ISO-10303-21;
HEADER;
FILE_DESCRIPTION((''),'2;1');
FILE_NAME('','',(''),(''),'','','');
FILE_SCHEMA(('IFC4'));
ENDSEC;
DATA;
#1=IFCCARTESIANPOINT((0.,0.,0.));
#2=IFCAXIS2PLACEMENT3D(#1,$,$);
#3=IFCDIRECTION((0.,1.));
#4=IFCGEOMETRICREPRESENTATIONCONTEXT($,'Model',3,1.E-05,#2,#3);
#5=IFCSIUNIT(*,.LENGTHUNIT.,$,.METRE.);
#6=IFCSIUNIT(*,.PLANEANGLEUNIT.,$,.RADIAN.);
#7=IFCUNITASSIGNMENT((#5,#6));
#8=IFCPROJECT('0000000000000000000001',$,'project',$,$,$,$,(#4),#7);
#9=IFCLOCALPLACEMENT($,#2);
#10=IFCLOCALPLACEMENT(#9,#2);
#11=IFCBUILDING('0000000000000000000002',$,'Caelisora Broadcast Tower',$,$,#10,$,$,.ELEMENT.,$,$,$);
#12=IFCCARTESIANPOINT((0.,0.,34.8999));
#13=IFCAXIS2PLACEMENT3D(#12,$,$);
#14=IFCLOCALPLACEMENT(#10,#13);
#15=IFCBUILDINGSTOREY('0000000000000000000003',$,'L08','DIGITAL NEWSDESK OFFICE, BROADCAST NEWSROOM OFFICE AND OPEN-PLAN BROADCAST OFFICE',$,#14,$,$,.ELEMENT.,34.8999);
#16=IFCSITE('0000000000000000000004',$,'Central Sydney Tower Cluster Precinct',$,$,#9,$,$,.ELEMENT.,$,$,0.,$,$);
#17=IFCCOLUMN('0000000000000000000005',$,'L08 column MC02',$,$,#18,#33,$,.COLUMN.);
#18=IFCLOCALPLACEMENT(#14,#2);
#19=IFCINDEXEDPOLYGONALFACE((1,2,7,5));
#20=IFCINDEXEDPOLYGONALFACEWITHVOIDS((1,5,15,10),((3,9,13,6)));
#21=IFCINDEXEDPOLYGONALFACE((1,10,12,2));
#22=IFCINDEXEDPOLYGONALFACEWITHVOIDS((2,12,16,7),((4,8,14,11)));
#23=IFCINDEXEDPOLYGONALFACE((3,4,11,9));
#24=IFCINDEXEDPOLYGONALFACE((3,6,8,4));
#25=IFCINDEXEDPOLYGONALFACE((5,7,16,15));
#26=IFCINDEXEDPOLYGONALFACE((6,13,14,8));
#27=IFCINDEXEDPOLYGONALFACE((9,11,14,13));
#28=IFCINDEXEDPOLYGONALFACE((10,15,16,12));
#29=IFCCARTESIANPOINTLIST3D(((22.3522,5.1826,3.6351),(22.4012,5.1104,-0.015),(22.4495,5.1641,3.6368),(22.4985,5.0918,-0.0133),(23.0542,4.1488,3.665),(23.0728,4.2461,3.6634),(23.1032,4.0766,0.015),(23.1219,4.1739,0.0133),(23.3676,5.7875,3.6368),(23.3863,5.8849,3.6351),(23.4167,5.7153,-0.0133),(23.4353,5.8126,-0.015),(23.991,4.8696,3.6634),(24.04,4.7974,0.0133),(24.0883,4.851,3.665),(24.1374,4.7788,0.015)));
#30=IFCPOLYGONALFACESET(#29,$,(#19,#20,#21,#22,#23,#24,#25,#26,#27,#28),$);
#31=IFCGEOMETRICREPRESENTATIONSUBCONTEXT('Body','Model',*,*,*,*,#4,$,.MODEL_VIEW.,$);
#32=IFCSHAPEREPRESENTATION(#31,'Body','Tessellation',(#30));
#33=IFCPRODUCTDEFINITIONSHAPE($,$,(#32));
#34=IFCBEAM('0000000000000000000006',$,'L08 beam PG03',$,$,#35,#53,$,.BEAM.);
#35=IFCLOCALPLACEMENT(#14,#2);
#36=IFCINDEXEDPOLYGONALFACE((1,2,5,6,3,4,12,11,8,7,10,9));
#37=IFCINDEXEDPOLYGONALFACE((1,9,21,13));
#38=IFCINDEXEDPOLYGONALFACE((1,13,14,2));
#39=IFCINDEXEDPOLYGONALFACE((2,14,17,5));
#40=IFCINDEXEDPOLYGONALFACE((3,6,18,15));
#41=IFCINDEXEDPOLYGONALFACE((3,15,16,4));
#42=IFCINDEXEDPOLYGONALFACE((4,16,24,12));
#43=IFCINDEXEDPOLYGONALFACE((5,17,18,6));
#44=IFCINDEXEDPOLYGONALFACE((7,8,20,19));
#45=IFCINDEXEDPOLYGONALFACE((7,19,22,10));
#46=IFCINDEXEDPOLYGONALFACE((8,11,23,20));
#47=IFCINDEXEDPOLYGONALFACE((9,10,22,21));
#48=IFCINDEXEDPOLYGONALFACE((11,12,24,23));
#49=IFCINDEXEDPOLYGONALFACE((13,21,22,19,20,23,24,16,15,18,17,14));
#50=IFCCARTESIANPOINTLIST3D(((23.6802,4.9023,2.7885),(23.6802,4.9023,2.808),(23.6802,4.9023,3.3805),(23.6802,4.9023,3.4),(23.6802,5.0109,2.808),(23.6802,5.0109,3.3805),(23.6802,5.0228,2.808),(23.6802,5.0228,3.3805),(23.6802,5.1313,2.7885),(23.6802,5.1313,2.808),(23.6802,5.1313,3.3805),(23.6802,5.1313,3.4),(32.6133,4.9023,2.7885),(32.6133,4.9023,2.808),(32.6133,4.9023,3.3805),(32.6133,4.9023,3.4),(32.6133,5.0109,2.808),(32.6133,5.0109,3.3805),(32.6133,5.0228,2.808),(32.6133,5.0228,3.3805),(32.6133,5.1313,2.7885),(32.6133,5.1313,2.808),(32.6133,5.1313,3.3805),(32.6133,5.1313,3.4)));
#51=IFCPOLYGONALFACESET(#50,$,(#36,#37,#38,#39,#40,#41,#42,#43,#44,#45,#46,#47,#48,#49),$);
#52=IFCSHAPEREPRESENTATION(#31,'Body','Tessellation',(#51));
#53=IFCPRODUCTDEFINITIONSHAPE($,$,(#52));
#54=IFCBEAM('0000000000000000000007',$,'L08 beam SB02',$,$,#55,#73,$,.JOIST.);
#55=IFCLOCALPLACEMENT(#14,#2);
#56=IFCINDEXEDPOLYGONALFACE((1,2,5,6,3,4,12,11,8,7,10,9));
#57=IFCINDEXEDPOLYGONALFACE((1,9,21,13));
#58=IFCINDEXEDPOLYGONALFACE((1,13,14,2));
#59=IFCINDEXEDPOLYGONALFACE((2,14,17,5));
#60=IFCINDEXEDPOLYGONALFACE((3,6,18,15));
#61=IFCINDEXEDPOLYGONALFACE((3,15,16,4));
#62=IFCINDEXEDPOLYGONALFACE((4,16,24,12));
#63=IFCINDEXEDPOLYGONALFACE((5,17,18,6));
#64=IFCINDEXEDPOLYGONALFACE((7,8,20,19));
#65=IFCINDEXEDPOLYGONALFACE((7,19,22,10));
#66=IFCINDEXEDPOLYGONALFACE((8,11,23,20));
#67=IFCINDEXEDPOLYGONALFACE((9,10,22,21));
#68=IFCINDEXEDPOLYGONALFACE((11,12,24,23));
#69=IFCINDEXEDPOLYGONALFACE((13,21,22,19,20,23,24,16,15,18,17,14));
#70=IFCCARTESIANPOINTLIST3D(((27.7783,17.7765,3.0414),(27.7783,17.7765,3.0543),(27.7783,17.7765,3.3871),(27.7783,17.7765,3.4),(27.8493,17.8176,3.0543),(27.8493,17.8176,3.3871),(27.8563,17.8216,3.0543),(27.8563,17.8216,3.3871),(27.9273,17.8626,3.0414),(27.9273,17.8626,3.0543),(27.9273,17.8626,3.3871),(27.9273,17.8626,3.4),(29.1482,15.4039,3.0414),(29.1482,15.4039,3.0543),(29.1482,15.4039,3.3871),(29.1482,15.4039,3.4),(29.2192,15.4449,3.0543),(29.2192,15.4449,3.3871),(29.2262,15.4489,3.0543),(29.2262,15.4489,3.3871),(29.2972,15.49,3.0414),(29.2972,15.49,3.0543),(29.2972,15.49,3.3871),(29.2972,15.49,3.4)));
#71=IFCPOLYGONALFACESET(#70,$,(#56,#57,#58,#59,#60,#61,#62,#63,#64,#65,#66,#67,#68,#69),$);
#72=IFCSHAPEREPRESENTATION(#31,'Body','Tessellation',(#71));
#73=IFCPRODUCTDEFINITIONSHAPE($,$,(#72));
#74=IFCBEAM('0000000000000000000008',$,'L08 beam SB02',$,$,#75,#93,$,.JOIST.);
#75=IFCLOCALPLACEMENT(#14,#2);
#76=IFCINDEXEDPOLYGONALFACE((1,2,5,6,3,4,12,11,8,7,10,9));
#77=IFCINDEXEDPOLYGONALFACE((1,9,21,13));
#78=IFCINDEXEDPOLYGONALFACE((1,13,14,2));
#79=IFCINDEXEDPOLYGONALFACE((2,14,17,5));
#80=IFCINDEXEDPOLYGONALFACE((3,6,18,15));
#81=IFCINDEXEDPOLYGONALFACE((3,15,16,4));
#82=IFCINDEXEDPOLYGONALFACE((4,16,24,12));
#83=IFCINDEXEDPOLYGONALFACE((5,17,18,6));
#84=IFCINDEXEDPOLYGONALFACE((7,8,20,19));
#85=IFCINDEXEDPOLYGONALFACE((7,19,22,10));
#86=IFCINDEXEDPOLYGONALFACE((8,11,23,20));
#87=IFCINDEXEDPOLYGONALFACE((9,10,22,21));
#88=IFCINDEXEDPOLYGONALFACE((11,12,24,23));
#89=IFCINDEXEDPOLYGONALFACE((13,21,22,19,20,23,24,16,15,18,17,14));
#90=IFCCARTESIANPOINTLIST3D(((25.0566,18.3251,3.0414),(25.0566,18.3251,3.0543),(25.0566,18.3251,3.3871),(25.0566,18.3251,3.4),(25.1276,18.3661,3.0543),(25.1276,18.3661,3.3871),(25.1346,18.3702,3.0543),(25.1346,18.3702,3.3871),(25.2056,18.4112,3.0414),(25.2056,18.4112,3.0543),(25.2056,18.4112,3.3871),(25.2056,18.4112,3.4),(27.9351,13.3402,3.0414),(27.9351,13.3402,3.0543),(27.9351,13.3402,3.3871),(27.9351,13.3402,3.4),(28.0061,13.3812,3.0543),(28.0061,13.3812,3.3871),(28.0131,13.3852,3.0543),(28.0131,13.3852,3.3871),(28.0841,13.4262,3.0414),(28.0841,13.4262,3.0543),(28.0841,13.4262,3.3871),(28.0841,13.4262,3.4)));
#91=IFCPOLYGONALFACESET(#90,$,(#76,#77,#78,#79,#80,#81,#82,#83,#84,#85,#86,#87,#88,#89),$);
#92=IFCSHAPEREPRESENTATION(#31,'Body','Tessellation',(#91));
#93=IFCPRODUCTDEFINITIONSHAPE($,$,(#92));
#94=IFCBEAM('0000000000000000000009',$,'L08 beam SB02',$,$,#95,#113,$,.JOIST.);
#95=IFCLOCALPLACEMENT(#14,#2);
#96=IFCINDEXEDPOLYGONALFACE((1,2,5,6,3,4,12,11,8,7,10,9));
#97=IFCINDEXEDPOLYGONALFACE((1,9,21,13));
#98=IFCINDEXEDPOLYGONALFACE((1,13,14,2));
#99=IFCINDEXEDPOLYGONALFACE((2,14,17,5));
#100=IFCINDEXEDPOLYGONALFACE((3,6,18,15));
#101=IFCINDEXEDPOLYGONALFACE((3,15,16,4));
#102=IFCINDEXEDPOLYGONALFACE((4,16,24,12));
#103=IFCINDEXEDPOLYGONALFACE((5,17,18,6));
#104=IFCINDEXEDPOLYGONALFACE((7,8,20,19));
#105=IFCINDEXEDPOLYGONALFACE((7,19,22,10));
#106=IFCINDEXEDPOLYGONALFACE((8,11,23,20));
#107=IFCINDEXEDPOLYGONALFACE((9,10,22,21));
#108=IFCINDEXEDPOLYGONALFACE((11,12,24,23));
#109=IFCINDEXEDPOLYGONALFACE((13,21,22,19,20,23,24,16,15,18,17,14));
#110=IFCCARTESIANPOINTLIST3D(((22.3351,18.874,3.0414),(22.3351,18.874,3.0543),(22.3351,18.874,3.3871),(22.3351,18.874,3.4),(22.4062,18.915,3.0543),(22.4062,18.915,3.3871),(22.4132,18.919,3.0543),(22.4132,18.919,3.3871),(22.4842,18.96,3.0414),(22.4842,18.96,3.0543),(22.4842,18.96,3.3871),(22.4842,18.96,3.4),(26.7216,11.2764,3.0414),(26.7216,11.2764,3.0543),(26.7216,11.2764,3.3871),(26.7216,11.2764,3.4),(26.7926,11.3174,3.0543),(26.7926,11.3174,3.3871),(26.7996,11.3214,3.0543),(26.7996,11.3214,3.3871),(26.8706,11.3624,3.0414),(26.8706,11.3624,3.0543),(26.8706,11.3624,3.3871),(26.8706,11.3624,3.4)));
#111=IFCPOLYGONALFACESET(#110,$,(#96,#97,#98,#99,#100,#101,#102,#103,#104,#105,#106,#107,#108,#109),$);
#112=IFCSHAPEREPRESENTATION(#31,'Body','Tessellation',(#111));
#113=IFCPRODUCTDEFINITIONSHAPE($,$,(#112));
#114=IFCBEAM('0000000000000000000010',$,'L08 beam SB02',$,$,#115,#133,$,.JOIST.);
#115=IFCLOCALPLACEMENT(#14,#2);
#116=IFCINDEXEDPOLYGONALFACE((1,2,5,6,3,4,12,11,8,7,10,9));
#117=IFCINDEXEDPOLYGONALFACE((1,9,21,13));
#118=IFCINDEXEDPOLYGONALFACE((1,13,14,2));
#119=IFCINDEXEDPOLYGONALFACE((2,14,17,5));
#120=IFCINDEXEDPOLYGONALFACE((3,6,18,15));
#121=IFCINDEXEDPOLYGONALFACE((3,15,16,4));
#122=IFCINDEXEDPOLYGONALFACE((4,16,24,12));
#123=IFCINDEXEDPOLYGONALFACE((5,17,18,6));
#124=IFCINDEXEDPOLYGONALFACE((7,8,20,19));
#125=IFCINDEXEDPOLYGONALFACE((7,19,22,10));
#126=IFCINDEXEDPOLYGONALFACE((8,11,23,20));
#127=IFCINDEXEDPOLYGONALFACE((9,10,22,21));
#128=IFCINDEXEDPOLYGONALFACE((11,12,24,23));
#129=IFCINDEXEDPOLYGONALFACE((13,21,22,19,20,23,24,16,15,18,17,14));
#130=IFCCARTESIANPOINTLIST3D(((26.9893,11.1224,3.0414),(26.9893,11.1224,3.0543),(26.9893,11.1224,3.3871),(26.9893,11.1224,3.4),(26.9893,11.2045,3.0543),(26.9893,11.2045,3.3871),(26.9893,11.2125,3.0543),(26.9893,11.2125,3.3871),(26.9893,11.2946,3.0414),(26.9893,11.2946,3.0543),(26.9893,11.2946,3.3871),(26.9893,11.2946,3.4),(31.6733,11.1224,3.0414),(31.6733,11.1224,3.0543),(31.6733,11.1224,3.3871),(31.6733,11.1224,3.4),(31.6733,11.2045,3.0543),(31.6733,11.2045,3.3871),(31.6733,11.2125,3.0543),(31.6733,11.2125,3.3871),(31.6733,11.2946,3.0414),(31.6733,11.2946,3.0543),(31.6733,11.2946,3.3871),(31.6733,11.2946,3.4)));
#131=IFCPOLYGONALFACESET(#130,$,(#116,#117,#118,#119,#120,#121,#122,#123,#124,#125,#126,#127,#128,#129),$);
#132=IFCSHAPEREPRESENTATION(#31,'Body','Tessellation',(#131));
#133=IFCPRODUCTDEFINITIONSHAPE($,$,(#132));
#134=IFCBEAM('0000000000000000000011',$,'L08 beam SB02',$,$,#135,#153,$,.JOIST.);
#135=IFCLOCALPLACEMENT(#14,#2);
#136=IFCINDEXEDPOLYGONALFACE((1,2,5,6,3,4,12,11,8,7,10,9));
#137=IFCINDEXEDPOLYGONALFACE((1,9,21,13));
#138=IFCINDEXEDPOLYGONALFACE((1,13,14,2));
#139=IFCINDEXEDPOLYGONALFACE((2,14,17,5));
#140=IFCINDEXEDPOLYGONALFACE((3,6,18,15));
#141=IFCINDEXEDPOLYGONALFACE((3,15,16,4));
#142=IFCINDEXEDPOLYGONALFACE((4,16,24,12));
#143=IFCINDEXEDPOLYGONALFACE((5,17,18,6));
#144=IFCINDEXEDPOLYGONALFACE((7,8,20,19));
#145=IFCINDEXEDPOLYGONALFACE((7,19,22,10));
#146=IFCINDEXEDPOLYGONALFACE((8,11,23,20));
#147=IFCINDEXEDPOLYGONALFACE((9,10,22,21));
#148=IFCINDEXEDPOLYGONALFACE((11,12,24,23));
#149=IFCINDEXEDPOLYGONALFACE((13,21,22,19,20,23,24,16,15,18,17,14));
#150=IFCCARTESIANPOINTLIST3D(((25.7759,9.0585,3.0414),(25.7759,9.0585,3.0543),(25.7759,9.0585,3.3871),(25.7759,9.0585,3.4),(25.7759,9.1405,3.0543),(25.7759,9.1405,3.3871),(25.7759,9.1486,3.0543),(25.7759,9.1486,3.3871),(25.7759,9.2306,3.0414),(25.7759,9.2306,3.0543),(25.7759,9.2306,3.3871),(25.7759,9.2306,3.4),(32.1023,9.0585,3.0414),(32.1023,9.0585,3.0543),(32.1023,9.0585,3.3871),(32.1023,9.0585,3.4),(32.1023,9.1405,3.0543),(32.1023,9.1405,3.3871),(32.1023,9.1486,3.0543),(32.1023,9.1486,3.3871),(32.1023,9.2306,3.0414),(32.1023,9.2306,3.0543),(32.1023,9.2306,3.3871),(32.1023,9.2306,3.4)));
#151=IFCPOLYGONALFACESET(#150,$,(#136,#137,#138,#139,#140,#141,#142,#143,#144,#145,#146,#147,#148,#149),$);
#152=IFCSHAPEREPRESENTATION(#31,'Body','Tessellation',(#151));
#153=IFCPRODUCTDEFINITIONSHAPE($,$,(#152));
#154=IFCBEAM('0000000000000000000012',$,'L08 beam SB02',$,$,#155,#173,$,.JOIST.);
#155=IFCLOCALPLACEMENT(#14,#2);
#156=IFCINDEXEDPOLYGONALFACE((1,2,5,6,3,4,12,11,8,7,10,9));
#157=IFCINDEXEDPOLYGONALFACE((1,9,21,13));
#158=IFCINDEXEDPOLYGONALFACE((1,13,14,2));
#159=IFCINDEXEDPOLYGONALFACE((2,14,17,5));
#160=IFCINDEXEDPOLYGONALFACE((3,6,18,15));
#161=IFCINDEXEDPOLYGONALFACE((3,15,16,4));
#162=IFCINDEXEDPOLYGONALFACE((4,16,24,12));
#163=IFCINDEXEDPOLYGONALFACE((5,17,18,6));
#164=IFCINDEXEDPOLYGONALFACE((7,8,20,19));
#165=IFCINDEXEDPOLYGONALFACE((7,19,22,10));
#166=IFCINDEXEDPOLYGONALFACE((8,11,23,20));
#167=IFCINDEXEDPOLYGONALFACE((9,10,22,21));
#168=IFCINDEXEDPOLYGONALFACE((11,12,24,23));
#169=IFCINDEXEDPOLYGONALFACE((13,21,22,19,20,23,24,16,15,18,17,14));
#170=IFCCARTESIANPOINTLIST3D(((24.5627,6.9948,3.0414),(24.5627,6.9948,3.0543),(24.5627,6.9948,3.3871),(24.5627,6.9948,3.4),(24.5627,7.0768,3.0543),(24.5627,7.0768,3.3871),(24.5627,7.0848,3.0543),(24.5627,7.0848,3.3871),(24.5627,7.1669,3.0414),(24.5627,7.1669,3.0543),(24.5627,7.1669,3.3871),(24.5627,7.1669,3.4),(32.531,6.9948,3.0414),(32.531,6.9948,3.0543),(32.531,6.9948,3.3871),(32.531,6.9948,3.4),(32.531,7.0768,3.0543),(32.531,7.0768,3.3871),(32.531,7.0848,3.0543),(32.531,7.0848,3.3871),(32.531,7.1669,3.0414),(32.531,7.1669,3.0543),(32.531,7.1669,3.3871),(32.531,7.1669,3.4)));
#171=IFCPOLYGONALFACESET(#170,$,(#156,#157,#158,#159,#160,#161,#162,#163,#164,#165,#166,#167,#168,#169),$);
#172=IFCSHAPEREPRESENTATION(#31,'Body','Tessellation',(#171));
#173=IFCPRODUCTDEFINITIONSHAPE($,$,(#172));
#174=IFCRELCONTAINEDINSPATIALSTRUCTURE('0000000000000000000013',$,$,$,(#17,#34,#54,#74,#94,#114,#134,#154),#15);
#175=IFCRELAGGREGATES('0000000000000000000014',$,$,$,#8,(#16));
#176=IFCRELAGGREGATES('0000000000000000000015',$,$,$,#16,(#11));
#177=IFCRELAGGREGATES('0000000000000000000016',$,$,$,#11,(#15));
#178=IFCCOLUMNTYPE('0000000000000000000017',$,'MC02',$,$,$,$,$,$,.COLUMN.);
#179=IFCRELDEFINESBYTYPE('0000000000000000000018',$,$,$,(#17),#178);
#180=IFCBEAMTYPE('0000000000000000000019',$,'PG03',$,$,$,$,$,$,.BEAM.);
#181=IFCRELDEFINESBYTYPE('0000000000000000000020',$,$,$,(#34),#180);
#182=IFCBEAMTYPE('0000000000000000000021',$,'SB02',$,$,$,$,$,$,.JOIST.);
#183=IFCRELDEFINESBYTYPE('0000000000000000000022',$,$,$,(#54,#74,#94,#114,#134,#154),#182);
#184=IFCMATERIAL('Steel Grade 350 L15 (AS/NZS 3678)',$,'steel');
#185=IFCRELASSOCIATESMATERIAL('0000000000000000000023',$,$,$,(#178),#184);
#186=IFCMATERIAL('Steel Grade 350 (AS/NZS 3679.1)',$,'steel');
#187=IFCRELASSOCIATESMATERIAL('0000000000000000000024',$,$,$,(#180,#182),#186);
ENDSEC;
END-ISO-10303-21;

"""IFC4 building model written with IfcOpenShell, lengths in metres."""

from ifc_helpers import new_model, si_unit, direction, frame, origin, origin_2d, place, context, subcontext, project, spatial, hollow_rectangle, i_section, extrude, source, transform, mapped, material, material_profile, profile_set, type_object, type_shapes, element, save


model = new_model("IFC4")

# Units and contexts
model_context = context("Model", 3, precision=1e-05, world=origin(), true_north=direction((0.0, 1.0)))
body_context = subcontext(model_context, "Body", "Model", "MODEL_VIEW")
ifc_project = project(units=[si_unit("LENGTHUNIT", "METRE"), si_unit("PLANEANGLEUNIT", "RADIAN")], contexts=[model_context])

# Site, building, storey
site_placement = place(None, origin())
site = spatial("IfcSite", under=ifc_project, at=site_placement, Name="Central Sydney Tower Cluster Precinct", CompositionType="ELEMENT", RefElevation=0.0)
building_placement = place(site_placement, origin())
building = spatial("IfcBuilding", under=site, at=building_placement, Name="Caelisora Broadcast Tower", CompositionType="ELEMENT")
storey_placement = place(building_placement, frame((0.0, 0.0, 34.8999)))
storey = spatial("IfcBuildingStorey", under=building, at=storey_placement, Name="L08", Description="DIGITAL NEWSDESK OFFICE, BROADCAST NEWSROOM OFFICE AND OPEN-PLAN BROADCAST OFFICE", CompositionType="ELEMENT", Elevation=34.8999)

# Column
ifc_material_1 = material(Name="Steel Grade 350 L15 (AS/NZS 3678)", Category="steel")
ifc_material_profile_1 = material_profile(ifc_material_1, hollow_rectangle(XDim=1.25, YDim=1.25, WallThickness=0.0701, at=origin_2d()), Name="Steel Grade 350 L15 (AS/NZS 3678)")
ifc_profile_set_1 = profile_set([ifc_material_profile_1], Name="Steel Grade 350 L15 (AS/NZS 3678)")
column_type = type_object("IfcColumnType", Name="MC02", PredefinedType="COLUMN", material=ifc_profile_set_1)
shared_shape_1 = source(origin(), body_context, "Body", "SweptSolid", [
    extrude(hollow_rectangle(XDim=1.25, YDim=1.25, WallThickness=0.0701, at=origin_2d()), origin(), (0.0, 0.0, 1.0), 3.6511),
])
type_shapes(column_type, [shared_shape_1])
column_placement = place(storey_placement, frame((23.2693, 4.9446, 0.0), z_axis=(-0.01344, 0.019792, 0.999714), x_axis=(-0.82729, -0.561775, 0.0)))
element("IfcColumn", 1, at=column_placement, inside=storey, type_object=column_type, Name="L08 column MC02", PredefinedType="COLUMN", context=body_context, shape_type="MappedRepresentation", body=[
    mapped(shared_shape_1, transform((0.0, 0.0, 0.0), scale=1.0)),
])

# Beams
ifc_material_2 = material(Name="Steel Grade 350 (AS/NZS 3679.1)", Category="steel")
ifc_material_profile_2 = material_profile(ifc_material_2, i_section(OverallWidth=0.229, OverallDepth=0.6116, WebThickness=0.012, FlangeThickness=0.0195, at=origin_2d()), Name="Steel Grade 350 (AS/NZS 3679.1)")
ifc_profile_set_2 = profile_set([ifc_material_profile_2], Name="Steel Grade 350 (AS/NZS 3679.1)")
beam_type_1 = type_object("IfcBeamType", Name="PG03", PredefinedType="BEAM", material=ifc_profile_set_2)
shared_shape_2 = source(origin(), body_context, "Body", "SweptSolid", [
    extrude(i_section(OverallWidth=0.229, OverallDepth=0.6116, WebThickness=0.012, FlangeThickness=0.0195, at=origin_2d()), origin(), (0.0, 0.0, 1.0), 8.9331),
])
type_shapes(beam_type_1, [shared_shape_2])
beam_1_placement = place(storey_placement, frame((23.6802, 5.0168, 3.0942), z_axis=(1.0, 0.0, 0.0), x_axis=(0.0, 1.0, 0.0)))
element("IfcBeam", 2, at=beam_1_placement, inside=storey, type_object=beam_type_1, Name="L08 beam PG03", PredefinedType="BEAM", context=body_context, shape_type="MappedRepresentation", body=[
    mapped(shared_shape_2, transform((0.0, 0.0, 0.0), scale=1.0)),
])
ifc_material_profile_3 = material_profile(ifc_material_2, i_section(OverallWidth=0.1721, OverallDepth=0.3586, WebThickness=0.0081, FlangeThickness=0.0129, at=origin_2d()), Name="Steel Grade 350 (AS/NZS 3679.1)")
ifc_profile_set_3 = profile_set([ifc_material_profile_3], Name="Steel Grade 350 (AS/NZS 3679.1)")
beam_type_2 = type_object("IfcBeamType", Name="SB02", PredefinedType="JOIST", material=ifc_profile_set_3)
shared_shape_3 = source(origin(), body_context, "Body", "SweptSolid", [
    extrude(i_section(OverallWidth=0.1721, OverallDepth=0.3586, WebThickness=0.0081, FlangeThickness=0.0129, at=origin_2d()), origin(), (0.0, 0.0, 1.0), 2.7397),
])
beam_2_placement = place(storey_placement, frame((27.8528, 17.8196, 3.2207), z_axis=(0.500021, -0.866013, 0.0), x_axis=(0.866013, 0.500021, 0.0)))
element("IfcBeam", 3, at=beam_2_placement, inside=storey, type_object=beam_type_2, Name="L08 beam SB02", PredefinedType="JOIST", context=body_context, shape_type="MappedRepresentation", body=[
    mapped(shared_shape_3, transform((0.0, 0.0, 0.0), scale=1.0)),
])
shared_shape_4 = source(origin(), body_context, "Body", "SweptSolid", [
    extrude(i_section(OverallWidth=0.1721, OverallDepth=0.3586, WebThickness=0.0081, FlangeThickness=0.0129, at=origin_2d()), origin(), (0.0, 0.0, 1.0), 5.7563),
])
beam_3_placement = place(storey_placement, frame((25.1311, 18.3682, 3.2207), z_axis=(0.500053, -0.865995, 0.0), x_axis=(0.865995, 0.500053, 0.0)))
element("IfcBeam", 4, at=beam_3_placement, inside=storey, type_object=beam_type_2, Name="L08 beam SB02", PredefinedType="JOIST", context=body_context, shape_type="MappedRepresentation", body=[
    mapped(shared_shape_4, transform((0.0, 0.0, 0.0), scale=1.0)),
])
shared_shape_5 = source(origin(), body_context, "Body", "SweptSolid", [
    extrude(i_section(OverallWidth=0.1721, OverallDepth=0.3586, WebThickness=0.0081, FlangeThickness=0.0129, at=origin_2d()), origin(), (0.0, 0.0, 1.0), 8.7729),
])
beam_4_placement = place(storey_placement, frame((22.4097, 18.917, 3.2207), z_axis=(0.499997, -0.866027, 0.0), x_axis=(0.866027, 0.499997, 0.0)))
element("IfcBeam", 5, at=beam_4_placement, inside=storey, type_object=beam_type_2, Name="L08 beam SB02", PredefinedType="JOIST", context=body_context, shape_type="MappedRepresentation", body=[
    mapped(shared_shape_5, transform((0.0, 0.0, 0.0), scale=1.0)),
])
shared_shape_6 = source(origin(), body_context, "Body", "SweptSolid", [
    extrude(i_section(OverallWidth=0.1721, OverallDepth=0.3586, WebThickness=0.0081, FlangeThickness=0.0129, at=origin_2d()), origin(), (0.0, 0.0, 1.0), 4.6841),
])
beam_5_placement = place(storey_placement, frame((26.9893, 11.2085, 3.2207), z_axis=(1.0, 0.0, 0.0), x_axis=(0.0, 1.0, 0.0)))
element("IfcBeam", 6, at=beam_5_placement, inside=storey, type_object=beam_type_2, Name="L08 beam SB02", PredefinedType="JOIST", context=body_context, shape_type="MappedRepresentation", body=[
    mapped(shared_shape_6, transform((0.0, 0.0, 0.0), scale=1.0)),
])
shared_shape_7 = source(origin(), body_context, "Body", "SweptSolid", [
    extrude(i_section(OverallWidth=0.1721, OverallDepth=0.3586, WebThickness=0.0081, FlangeThickness=0.0129, at=origin_2d()), origin(), (0.0, 0.0, 1.0), 6.3264),
])
beam_6_placement = place(storey_placement, frame((25.7759, 9.1445, 3.2207), z_axis=(1.0, 0.0, 0.0), x_axis=(0.0, 1.0, 0.0)))
element("IfcBeam", 7, at=beam_6_placement, inside=storey, type_object=beam_type_2, Name="L08 beam SB02", PredefinedType="JOIST", context=body_context, shape_type="MappedRepresentation", body=[
    mapped(shared_shape_7, transform((0.0, 0.0, 0.0), scale=1.0)),
])
shared_shape_8 = source(origin(), body_context, "Body", "SweptSolid", [
    extrude(i_section(OverallWidth=0.1721, OverallDepth=0.3586, WebThickness=0.0081, FlangeThickness=0.0129, at=origin_2d()), origin(), (0.0, 0.0, 1.0), 7.9683),
])
type_shapes(beam_type_2, [shared_shape_3, shared_shape_4, shared_shape_5, shared_shape_6, shared_shape_7, shared_shape_8])
beam_7_placement = place(storey_placement, frame((24.5627, 7.0808, 3.2207), z_axis=(1.0, 0.0, 0.0), x_axis=(0.0, 1.0, 0.0)))
element("IfcBeam", 8, at=beam_7_placement, inside=storey, type_object=beam_type_2, Name="L08 beam SB02", PredefinedType="JOIST", context=body_context, shape_type="MappedRepresentation", body=[
    mapped(shared_shape_8, transform((0.0, 0.0, 0.0), scale=1.0)),
])

save(model, "model.ifc")
